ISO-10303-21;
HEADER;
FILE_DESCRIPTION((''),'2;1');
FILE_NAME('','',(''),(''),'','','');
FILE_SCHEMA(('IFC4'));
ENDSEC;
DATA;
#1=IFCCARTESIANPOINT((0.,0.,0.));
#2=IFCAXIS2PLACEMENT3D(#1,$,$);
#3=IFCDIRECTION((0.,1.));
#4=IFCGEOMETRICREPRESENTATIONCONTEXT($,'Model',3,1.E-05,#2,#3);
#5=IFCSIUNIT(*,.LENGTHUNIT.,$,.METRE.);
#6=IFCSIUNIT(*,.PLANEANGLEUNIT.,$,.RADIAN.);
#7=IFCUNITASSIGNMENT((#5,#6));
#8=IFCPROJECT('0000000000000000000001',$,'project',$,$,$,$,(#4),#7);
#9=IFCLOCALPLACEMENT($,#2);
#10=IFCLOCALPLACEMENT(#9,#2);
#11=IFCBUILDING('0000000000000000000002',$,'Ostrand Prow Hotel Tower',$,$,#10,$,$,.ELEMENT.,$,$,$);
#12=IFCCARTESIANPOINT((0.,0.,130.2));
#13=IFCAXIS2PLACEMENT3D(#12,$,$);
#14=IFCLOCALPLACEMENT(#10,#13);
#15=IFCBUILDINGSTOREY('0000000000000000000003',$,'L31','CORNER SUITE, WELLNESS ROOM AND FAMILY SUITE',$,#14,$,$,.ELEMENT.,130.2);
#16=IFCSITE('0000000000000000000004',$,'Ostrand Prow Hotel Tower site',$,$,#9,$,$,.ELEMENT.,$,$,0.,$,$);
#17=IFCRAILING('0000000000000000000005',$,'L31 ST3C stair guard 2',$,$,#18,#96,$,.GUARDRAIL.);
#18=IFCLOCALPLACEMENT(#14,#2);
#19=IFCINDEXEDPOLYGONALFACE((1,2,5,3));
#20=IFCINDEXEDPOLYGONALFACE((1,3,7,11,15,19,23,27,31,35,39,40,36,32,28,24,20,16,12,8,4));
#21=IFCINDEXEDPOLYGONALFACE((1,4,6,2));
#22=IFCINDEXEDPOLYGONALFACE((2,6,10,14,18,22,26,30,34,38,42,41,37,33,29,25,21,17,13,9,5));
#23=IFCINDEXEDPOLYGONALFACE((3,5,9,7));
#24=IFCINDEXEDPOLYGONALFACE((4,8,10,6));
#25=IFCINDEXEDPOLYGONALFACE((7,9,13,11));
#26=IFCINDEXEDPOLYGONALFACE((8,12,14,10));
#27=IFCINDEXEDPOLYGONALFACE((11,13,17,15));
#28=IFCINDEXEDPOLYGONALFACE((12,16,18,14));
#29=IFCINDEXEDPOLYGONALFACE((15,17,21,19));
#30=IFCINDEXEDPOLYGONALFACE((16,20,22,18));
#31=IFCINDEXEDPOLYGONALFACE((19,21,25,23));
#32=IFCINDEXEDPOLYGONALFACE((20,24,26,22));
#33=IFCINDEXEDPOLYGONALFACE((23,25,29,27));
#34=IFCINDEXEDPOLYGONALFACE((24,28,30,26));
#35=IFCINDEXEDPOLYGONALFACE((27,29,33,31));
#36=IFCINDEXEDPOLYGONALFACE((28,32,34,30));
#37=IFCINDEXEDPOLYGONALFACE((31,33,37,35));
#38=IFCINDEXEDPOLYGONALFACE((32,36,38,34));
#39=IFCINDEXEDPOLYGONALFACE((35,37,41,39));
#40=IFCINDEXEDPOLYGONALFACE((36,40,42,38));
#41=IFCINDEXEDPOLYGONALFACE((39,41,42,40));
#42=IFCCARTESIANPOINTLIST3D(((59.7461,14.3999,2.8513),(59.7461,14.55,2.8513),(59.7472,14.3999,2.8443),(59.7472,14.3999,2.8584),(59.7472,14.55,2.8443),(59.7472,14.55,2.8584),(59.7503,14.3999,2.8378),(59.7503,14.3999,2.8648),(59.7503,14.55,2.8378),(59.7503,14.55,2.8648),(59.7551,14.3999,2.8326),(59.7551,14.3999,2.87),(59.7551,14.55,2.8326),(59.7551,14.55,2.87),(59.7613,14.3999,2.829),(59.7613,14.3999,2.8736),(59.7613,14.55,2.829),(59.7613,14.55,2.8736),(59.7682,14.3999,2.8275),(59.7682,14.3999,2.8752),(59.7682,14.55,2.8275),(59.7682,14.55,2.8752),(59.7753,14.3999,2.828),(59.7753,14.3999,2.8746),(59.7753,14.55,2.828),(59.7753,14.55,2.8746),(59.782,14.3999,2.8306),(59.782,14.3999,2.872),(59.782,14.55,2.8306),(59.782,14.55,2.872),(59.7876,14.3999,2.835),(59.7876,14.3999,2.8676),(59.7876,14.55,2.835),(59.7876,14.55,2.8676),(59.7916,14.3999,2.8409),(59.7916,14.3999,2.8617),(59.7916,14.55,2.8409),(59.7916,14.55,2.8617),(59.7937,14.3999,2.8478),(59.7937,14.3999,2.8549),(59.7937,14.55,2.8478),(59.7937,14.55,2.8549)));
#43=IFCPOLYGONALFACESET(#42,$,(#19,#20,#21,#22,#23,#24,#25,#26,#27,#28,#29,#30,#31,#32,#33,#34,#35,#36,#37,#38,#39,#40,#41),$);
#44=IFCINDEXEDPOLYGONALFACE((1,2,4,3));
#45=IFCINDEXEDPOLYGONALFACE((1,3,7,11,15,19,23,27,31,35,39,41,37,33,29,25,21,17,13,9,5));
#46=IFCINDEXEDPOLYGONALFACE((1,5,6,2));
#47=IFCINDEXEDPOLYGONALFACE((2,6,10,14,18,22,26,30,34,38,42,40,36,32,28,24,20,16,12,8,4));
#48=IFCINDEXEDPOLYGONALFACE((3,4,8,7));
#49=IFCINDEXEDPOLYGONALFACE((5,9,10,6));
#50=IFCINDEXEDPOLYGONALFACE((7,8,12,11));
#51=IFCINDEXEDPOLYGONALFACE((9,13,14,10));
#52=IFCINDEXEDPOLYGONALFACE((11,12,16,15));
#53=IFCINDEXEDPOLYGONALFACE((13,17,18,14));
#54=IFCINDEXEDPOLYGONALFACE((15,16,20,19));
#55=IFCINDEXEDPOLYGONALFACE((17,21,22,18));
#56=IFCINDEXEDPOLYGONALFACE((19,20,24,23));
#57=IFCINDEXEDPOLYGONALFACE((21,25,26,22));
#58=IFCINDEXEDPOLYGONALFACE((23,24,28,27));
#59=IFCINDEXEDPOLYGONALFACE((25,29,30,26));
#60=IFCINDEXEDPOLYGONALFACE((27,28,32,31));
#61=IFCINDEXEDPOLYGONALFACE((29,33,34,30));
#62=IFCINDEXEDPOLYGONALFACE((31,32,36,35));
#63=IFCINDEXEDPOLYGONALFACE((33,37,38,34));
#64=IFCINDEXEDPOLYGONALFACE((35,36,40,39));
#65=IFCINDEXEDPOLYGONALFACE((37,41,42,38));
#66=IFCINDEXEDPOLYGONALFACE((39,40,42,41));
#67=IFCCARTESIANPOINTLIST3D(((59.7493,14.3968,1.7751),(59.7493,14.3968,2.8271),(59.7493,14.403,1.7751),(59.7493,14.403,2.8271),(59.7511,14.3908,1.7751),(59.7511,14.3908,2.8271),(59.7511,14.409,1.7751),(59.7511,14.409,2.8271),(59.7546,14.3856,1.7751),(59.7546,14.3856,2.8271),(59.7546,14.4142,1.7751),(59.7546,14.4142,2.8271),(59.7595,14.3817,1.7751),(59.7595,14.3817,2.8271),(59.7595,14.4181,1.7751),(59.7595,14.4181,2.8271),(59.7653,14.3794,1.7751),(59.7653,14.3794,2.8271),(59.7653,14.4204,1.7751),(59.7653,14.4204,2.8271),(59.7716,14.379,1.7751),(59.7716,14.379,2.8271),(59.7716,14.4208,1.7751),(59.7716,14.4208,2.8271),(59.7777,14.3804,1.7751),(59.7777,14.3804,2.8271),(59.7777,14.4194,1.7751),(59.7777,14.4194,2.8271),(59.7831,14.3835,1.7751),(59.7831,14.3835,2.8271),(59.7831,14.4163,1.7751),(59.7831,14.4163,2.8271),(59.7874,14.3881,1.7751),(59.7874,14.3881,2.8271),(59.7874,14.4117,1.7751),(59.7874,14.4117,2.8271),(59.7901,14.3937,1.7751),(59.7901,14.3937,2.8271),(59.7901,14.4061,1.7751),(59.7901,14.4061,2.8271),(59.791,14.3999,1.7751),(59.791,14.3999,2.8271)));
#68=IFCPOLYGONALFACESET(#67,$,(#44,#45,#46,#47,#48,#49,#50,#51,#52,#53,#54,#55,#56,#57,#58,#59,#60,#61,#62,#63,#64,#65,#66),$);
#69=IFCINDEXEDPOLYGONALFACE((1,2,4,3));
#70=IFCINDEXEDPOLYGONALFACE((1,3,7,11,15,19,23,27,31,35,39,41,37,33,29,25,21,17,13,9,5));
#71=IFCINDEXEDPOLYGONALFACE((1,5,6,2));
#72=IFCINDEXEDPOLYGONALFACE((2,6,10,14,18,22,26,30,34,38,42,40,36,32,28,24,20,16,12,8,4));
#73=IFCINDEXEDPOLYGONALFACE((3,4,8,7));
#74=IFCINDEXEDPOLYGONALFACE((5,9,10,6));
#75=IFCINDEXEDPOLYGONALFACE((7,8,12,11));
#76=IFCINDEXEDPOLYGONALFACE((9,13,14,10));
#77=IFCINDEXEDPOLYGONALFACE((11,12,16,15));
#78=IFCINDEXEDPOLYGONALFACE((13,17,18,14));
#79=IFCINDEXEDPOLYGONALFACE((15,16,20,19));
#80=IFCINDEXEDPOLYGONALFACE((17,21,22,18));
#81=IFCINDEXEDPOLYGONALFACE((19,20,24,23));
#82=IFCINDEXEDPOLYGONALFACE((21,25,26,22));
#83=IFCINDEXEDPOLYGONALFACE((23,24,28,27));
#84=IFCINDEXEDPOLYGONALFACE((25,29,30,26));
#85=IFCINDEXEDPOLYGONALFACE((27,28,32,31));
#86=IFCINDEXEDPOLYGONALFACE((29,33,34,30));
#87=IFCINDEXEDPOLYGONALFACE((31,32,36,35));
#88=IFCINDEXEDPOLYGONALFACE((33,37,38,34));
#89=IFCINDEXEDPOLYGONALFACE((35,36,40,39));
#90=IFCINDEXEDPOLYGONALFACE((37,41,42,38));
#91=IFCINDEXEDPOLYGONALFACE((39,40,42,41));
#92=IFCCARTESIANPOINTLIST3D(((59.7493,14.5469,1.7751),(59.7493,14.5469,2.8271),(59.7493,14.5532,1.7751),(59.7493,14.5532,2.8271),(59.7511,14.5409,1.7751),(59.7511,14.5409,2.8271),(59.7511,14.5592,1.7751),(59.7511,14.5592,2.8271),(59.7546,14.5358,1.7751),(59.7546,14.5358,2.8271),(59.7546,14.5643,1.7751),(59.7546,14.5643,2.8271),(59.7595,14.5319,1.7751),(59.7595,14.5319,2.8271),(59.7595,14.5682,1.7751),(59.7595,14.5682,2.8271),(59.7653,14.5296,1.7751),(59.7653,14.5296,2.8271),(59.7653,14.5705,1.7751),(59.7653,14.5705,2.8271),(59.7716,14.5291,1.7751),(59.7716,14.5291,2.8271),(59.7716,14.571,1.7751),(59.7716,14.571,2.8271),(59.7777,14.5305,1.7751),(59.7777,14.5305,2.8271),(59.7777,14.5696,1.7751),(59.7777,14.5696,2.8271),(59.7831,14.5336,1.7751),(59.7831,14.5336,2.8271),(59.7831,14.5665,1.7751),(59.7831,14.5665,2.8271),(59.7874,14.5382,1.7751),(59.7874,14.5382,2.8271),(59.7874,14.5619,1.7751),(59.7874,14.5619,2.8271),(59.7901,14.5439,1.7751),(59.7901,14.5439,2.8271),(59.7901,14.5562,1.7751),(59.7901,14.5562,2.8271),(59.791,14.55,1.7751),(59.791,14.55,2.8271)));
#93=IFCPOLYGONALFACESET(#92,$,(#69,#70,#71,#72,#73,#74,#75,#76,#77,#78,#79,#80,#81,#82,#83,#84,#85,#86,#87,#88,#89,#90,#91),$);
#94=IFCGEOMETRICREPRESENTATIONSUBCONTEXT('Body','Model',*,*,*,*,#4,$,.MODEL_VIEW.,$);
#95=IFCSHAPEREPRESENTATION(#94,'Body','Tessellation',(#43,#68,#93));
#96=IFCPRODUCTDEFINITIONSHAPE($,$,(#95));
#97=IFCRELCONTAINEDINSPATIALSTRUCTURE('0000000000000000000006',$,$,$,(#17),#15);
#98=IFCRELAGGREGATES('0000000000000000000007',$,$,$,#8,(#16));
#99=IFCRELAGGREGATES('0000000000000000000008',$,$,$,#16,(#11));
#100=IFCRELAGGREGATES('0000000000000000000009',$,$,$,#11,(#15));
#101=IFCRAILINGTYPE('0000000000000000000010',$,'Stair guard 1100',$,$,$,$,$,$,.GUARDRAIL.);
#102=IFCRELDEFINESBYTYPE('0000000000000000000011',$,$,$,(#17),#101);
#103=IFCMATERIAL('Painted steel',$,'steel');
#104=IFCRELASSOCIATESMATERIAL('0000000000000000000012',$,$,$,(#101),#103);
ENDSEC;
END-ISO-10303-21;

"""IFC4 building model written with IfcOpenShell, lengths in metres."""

from ifc_helpers import new_model, si_unit, direction, frame, origin, origin_2d, place, context, subcontext, project, spatial, circle, extrude, material, type_object, element, save


model = new_model("IFC4")

# Units and contexts
model_context = context("Model", 3, precision=1e-05, world=origin(), true_north=direction((0.0, 1.0)))
body_context = subcontext(model_context, "Body", "Model", "MODEL_VIEW")
ifc_project = project(units=[si_unit("LENGTHUNIT", "METRE"), si_unit("PLANEANGLEUNIT", "RADIAN")], contexts=[model_context])

# Site, building, storey
site_placement = place(None, origin())
site = spatial("IfcSite", under=ifc_project, at=site_placement, Name="Ostrand Prow Hotel Tower site", CompositionType="ELEMENT", RefElevation=0.0)
building_placement = place(site_placement, origin())
building = spatial("IfcBuilding", under=site, at=building_placement, Name="Ostrand Prow Hotel Tower", CompositionType="ELEMENT")
storey_placement = place(building_placement, frame((0.0, 0.0, 130.2)))
storey = spatial("IfcBuildingStorey", under=building, at=storey_placement, Name="L31", Description="CORNER SUITE, WELLNESS ROOM AND FAMILY SUITE", CompositionType="ELEMENT", Elevation=130.2)

# Railing
ifc_material_1 = material(Name="Painted steel", Category="steel")
railing_type_1 = type_object("IfcRailingType", Name="Stair guard 1100", PredefinedType="GUARDRAIL", material=ifc_material_1)
railing_1_placement = place(storey_placement, frame((59.77, 14.3999, 1.7751)))
element("IfcRailing", 1, at=railing_1_placement, inside=storey, type_object=railing_type_1, Name="L31 ST3C stair guard 2", PredefinedType="GUARDRAIL", context=body_context, shape_type="SweptSolid", body=[
    extrude(circle(Radius=0.0239, at=origin_2d()), frame((0.0, 0.0, 1.0762), z_axis=(0.0, 1.0, 0.0), x_axis=(-1.0, 0.0, 0.0)), (0.0, 0.0, 1.0), 0.1501),
    extrude(circle(Radius=0.021, at=origin_2d()), origin(), (0.0, 0.0, 1.0), 1.052),
    extrude(circle(Radius=0.021, at=origin_2d()), frame((0.0, 0.1501, 0.0)), (0.0, 0.0, 1.0), 1.052),
])

save(model, "model.ifc")
